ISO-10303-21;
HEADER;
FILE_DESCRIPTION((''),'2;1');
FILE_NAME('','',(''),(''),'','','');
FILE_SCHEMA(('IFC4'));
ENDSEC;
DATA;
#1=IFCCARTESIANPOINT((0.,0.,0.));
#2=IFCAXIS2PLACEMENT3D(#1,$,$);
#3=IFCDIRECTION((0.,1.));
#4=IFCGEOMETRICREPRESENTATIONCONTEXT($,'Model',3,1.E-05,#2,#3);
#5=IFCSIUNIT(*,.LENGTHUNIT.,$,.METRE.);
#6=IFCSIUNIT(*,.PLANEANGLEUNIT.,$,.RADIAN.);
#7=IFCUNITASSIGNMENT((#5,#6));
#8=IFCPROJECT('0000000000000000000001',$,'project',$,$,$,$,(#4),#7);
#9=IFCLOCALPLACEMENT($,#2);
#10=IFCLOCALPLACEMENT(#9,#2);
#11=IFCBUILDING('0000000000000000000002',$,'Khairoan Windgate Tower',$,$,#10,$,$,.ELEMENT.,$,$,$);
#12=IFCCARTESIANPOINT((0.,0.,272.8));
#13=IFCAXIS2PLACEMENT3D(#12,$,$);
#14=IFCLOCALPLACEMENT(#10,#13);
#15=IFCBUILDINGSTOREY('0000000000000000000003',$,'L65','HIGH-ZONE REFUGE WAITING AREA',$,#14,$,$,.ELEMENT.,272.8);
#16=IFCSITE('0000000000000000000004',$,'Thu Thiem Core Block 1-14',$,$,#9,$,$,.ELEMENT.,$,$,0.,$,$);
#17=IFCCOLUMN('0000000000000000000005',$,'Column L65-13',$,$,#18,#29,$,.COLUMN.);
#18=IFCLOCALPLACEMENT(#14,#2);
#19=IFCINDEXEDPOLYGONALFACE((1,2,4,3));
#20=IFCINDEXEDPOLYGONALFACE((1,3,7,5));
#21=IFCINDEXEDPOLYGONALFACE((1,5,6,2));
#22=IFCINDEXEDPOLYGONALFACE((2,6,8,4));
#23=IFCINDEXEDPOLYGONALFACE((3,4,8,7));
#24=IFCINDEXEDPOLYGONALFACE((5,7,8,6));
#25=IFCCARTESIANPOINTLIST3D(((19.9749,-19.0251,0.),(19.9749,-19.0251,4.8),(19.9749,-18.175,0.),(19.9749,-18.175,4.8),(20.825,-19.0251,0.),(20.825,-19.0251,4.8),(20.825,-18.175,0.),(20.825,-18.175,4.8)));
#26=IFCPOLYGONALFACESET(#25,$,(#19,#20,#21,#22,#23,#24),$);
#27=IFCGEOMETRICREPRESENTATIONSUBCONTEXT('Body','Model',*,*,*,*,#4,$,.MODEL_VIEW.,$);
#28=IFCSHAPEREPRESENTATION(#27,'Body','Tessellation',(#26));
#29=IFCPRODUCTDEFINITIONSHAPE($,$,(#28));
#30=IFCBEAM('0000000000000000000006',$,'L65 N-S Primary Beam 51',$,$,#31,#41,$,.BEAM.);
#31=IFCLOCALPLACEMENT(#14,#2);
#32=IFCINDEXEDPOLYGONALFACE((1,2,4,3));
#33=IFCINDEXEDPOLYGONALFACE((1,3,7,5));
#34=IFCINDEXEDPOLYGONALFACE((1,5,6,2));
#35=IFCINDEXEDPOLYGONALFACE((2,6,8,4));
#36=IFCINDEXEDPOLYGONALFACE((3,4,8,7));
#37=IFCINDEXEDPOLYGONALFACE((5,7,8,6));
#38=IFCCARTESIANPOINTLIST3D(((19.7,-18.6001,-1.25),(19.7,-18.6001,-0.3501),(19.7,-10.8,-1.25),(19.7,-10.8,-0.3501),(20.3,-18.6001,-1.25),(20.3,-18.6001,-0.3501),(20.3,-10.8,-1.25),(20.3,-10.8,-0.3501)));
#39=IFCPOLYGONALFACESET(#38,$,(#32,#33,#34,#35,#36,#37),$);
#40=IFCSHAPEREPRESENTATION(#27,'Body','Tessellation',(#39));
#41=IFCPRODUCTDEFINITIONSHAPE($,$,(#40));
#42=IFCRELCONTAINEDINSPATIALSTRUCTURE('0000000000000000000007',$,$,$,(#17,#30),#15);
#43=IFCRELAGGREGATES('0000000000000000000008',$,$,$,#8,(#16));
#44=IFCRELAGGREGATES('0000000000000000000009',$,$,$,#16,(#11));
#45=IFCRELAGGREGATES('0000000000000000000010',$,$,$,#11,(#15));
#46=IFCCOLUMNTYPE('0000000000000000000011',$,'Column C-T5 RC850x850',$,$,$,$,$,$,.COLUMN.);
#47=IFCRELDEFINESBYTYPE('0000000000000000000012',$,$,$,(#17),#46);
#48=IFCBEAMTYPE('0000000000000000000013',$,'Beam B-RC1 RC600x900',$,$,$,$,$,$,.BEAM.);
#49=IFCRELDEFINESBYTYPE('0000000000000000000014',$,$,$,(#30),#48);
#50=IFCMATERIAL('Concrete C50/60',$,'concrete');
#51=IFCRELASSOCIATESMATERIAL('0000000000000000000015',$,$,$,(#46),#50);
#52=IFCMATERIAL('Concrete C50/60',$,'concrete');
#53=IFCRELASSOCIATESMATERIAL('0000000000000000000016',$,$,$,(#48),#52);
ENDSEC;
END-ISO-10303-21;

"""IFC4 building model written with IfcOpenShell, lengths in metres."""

from ifc_helpers import new_model, si_unit, direction, frame, origin, origin_2d, place, context, subcontext, project, spatial, rectangle, extrude, material, material_profile, profile_set, type_object, element, save


model = new_model("IFC4")

# Units and contexts
model_context = context("Model", 3, precision=1e-05, world=origin(), true_north=direction((0.0, 1.0)))
body_context = subcontext(model_context, "Body", "Model", "MODEL_VIEW")
ifc_project = project(units=[si_unit("LENGTHUNIT", "METRE"), si_unit("PLANEANGLEUNIT", "RADIAN")], contexts=[model_context])

# Site, building, storey
site_placement = place(None, origin())
site = spatial("IfcSite", under=ifc_project, at=site_placement, Name="Thu Thiem Core Block 1-14", CompositionType="ELEMENT", RefElevation=0.0)
building_placement = place(site_placement, origin())
building = spatial("IfcBuilding", under=site, at=building_placement, Name="Khairoan Windgate Tower", CompositionType="ELEMENT")
storey_placement = place(building_placement, frame((0.0, 0.0, 272.8)))
storey = spatial("IfcBuildingStorey", under=building, at=storey_placement, Name="L65", Description="HIGH-ZONE REFUGE WAITING AREA", CompositionType="ELEMENT", Elevation=272.8)

# Column
ifc_material_1 = material(Name="Concrete C50/60", Category="concrete")
ifc_material_profile_1 = material_profile(ifc_material_1, rectangle(XDim=0.8501, YDim=0.8501, at=origin_2d()))
ifc_profile_set_1 = profile_set([ifc_material_profile_1], Name="Concrete C50/60")
column_type = type_object("IfcColumnType", Name="Column C-T5 RC850x850", PredefinedType="COLUMN", material=ifc_profile_set_1)
column_placement = place(storey_placement, frame((20.3999, -18.6001, 0.0), z_axis=(0.0, 0.0, 1.0), x_axis=(1.0, 0.0, 0.0)))
element("IfcColumn", 1, at=column_placement, inside=storey, type_object=column_type, Name="Column L65-13", PredefinedType="COLUMN", context=body_context, shape_type="SweptSolid", body=[
    extrude(rectangle(XDim=0.8501, YDim=0.8501, at=origin_2d()), origin(), (0.0, 0.0, 1.0), 4.8),
])

# Beam
ifc_material_2 = material(Name="Concrete C50/60", Category="concrete")
ifc_material_profile_2 = material_profile(ifc_material_2, rectangle(XDim=0.6001, YDim=0.8999, at=origin_2d()))
ifc_profile_set_2 = profile_set([ifc_material_profile_2], Name="Concrete C50/60")
beam_type = type_object("IfcBeamType", Name="Beam B-RC1 RC600x900", PredefinedType="BEAM", material=ifc_profile_set_2)
beam_placement = place(storey_placement, frame((20.0, -18.6001, -0.8), z_axis=(0.0, 1.0, 0.0), x_axis=(-1.0, 0.0, 0.0)))
element("IfcBeam", 2, at=beam_placement, inside=storey, type_object=beam_type, Name="L65 N-S Primary Beam 51", PredefinedType="BEAM", context=body_context, shape_type="SweptSolid", body=[
    extrude(rectangle(XDim=0.6001, YDim=0.8999, at=origin_2d()), origin(), (0.0, 0.0, 1.0), 7.8),
])

save(model, "model.ifc")
